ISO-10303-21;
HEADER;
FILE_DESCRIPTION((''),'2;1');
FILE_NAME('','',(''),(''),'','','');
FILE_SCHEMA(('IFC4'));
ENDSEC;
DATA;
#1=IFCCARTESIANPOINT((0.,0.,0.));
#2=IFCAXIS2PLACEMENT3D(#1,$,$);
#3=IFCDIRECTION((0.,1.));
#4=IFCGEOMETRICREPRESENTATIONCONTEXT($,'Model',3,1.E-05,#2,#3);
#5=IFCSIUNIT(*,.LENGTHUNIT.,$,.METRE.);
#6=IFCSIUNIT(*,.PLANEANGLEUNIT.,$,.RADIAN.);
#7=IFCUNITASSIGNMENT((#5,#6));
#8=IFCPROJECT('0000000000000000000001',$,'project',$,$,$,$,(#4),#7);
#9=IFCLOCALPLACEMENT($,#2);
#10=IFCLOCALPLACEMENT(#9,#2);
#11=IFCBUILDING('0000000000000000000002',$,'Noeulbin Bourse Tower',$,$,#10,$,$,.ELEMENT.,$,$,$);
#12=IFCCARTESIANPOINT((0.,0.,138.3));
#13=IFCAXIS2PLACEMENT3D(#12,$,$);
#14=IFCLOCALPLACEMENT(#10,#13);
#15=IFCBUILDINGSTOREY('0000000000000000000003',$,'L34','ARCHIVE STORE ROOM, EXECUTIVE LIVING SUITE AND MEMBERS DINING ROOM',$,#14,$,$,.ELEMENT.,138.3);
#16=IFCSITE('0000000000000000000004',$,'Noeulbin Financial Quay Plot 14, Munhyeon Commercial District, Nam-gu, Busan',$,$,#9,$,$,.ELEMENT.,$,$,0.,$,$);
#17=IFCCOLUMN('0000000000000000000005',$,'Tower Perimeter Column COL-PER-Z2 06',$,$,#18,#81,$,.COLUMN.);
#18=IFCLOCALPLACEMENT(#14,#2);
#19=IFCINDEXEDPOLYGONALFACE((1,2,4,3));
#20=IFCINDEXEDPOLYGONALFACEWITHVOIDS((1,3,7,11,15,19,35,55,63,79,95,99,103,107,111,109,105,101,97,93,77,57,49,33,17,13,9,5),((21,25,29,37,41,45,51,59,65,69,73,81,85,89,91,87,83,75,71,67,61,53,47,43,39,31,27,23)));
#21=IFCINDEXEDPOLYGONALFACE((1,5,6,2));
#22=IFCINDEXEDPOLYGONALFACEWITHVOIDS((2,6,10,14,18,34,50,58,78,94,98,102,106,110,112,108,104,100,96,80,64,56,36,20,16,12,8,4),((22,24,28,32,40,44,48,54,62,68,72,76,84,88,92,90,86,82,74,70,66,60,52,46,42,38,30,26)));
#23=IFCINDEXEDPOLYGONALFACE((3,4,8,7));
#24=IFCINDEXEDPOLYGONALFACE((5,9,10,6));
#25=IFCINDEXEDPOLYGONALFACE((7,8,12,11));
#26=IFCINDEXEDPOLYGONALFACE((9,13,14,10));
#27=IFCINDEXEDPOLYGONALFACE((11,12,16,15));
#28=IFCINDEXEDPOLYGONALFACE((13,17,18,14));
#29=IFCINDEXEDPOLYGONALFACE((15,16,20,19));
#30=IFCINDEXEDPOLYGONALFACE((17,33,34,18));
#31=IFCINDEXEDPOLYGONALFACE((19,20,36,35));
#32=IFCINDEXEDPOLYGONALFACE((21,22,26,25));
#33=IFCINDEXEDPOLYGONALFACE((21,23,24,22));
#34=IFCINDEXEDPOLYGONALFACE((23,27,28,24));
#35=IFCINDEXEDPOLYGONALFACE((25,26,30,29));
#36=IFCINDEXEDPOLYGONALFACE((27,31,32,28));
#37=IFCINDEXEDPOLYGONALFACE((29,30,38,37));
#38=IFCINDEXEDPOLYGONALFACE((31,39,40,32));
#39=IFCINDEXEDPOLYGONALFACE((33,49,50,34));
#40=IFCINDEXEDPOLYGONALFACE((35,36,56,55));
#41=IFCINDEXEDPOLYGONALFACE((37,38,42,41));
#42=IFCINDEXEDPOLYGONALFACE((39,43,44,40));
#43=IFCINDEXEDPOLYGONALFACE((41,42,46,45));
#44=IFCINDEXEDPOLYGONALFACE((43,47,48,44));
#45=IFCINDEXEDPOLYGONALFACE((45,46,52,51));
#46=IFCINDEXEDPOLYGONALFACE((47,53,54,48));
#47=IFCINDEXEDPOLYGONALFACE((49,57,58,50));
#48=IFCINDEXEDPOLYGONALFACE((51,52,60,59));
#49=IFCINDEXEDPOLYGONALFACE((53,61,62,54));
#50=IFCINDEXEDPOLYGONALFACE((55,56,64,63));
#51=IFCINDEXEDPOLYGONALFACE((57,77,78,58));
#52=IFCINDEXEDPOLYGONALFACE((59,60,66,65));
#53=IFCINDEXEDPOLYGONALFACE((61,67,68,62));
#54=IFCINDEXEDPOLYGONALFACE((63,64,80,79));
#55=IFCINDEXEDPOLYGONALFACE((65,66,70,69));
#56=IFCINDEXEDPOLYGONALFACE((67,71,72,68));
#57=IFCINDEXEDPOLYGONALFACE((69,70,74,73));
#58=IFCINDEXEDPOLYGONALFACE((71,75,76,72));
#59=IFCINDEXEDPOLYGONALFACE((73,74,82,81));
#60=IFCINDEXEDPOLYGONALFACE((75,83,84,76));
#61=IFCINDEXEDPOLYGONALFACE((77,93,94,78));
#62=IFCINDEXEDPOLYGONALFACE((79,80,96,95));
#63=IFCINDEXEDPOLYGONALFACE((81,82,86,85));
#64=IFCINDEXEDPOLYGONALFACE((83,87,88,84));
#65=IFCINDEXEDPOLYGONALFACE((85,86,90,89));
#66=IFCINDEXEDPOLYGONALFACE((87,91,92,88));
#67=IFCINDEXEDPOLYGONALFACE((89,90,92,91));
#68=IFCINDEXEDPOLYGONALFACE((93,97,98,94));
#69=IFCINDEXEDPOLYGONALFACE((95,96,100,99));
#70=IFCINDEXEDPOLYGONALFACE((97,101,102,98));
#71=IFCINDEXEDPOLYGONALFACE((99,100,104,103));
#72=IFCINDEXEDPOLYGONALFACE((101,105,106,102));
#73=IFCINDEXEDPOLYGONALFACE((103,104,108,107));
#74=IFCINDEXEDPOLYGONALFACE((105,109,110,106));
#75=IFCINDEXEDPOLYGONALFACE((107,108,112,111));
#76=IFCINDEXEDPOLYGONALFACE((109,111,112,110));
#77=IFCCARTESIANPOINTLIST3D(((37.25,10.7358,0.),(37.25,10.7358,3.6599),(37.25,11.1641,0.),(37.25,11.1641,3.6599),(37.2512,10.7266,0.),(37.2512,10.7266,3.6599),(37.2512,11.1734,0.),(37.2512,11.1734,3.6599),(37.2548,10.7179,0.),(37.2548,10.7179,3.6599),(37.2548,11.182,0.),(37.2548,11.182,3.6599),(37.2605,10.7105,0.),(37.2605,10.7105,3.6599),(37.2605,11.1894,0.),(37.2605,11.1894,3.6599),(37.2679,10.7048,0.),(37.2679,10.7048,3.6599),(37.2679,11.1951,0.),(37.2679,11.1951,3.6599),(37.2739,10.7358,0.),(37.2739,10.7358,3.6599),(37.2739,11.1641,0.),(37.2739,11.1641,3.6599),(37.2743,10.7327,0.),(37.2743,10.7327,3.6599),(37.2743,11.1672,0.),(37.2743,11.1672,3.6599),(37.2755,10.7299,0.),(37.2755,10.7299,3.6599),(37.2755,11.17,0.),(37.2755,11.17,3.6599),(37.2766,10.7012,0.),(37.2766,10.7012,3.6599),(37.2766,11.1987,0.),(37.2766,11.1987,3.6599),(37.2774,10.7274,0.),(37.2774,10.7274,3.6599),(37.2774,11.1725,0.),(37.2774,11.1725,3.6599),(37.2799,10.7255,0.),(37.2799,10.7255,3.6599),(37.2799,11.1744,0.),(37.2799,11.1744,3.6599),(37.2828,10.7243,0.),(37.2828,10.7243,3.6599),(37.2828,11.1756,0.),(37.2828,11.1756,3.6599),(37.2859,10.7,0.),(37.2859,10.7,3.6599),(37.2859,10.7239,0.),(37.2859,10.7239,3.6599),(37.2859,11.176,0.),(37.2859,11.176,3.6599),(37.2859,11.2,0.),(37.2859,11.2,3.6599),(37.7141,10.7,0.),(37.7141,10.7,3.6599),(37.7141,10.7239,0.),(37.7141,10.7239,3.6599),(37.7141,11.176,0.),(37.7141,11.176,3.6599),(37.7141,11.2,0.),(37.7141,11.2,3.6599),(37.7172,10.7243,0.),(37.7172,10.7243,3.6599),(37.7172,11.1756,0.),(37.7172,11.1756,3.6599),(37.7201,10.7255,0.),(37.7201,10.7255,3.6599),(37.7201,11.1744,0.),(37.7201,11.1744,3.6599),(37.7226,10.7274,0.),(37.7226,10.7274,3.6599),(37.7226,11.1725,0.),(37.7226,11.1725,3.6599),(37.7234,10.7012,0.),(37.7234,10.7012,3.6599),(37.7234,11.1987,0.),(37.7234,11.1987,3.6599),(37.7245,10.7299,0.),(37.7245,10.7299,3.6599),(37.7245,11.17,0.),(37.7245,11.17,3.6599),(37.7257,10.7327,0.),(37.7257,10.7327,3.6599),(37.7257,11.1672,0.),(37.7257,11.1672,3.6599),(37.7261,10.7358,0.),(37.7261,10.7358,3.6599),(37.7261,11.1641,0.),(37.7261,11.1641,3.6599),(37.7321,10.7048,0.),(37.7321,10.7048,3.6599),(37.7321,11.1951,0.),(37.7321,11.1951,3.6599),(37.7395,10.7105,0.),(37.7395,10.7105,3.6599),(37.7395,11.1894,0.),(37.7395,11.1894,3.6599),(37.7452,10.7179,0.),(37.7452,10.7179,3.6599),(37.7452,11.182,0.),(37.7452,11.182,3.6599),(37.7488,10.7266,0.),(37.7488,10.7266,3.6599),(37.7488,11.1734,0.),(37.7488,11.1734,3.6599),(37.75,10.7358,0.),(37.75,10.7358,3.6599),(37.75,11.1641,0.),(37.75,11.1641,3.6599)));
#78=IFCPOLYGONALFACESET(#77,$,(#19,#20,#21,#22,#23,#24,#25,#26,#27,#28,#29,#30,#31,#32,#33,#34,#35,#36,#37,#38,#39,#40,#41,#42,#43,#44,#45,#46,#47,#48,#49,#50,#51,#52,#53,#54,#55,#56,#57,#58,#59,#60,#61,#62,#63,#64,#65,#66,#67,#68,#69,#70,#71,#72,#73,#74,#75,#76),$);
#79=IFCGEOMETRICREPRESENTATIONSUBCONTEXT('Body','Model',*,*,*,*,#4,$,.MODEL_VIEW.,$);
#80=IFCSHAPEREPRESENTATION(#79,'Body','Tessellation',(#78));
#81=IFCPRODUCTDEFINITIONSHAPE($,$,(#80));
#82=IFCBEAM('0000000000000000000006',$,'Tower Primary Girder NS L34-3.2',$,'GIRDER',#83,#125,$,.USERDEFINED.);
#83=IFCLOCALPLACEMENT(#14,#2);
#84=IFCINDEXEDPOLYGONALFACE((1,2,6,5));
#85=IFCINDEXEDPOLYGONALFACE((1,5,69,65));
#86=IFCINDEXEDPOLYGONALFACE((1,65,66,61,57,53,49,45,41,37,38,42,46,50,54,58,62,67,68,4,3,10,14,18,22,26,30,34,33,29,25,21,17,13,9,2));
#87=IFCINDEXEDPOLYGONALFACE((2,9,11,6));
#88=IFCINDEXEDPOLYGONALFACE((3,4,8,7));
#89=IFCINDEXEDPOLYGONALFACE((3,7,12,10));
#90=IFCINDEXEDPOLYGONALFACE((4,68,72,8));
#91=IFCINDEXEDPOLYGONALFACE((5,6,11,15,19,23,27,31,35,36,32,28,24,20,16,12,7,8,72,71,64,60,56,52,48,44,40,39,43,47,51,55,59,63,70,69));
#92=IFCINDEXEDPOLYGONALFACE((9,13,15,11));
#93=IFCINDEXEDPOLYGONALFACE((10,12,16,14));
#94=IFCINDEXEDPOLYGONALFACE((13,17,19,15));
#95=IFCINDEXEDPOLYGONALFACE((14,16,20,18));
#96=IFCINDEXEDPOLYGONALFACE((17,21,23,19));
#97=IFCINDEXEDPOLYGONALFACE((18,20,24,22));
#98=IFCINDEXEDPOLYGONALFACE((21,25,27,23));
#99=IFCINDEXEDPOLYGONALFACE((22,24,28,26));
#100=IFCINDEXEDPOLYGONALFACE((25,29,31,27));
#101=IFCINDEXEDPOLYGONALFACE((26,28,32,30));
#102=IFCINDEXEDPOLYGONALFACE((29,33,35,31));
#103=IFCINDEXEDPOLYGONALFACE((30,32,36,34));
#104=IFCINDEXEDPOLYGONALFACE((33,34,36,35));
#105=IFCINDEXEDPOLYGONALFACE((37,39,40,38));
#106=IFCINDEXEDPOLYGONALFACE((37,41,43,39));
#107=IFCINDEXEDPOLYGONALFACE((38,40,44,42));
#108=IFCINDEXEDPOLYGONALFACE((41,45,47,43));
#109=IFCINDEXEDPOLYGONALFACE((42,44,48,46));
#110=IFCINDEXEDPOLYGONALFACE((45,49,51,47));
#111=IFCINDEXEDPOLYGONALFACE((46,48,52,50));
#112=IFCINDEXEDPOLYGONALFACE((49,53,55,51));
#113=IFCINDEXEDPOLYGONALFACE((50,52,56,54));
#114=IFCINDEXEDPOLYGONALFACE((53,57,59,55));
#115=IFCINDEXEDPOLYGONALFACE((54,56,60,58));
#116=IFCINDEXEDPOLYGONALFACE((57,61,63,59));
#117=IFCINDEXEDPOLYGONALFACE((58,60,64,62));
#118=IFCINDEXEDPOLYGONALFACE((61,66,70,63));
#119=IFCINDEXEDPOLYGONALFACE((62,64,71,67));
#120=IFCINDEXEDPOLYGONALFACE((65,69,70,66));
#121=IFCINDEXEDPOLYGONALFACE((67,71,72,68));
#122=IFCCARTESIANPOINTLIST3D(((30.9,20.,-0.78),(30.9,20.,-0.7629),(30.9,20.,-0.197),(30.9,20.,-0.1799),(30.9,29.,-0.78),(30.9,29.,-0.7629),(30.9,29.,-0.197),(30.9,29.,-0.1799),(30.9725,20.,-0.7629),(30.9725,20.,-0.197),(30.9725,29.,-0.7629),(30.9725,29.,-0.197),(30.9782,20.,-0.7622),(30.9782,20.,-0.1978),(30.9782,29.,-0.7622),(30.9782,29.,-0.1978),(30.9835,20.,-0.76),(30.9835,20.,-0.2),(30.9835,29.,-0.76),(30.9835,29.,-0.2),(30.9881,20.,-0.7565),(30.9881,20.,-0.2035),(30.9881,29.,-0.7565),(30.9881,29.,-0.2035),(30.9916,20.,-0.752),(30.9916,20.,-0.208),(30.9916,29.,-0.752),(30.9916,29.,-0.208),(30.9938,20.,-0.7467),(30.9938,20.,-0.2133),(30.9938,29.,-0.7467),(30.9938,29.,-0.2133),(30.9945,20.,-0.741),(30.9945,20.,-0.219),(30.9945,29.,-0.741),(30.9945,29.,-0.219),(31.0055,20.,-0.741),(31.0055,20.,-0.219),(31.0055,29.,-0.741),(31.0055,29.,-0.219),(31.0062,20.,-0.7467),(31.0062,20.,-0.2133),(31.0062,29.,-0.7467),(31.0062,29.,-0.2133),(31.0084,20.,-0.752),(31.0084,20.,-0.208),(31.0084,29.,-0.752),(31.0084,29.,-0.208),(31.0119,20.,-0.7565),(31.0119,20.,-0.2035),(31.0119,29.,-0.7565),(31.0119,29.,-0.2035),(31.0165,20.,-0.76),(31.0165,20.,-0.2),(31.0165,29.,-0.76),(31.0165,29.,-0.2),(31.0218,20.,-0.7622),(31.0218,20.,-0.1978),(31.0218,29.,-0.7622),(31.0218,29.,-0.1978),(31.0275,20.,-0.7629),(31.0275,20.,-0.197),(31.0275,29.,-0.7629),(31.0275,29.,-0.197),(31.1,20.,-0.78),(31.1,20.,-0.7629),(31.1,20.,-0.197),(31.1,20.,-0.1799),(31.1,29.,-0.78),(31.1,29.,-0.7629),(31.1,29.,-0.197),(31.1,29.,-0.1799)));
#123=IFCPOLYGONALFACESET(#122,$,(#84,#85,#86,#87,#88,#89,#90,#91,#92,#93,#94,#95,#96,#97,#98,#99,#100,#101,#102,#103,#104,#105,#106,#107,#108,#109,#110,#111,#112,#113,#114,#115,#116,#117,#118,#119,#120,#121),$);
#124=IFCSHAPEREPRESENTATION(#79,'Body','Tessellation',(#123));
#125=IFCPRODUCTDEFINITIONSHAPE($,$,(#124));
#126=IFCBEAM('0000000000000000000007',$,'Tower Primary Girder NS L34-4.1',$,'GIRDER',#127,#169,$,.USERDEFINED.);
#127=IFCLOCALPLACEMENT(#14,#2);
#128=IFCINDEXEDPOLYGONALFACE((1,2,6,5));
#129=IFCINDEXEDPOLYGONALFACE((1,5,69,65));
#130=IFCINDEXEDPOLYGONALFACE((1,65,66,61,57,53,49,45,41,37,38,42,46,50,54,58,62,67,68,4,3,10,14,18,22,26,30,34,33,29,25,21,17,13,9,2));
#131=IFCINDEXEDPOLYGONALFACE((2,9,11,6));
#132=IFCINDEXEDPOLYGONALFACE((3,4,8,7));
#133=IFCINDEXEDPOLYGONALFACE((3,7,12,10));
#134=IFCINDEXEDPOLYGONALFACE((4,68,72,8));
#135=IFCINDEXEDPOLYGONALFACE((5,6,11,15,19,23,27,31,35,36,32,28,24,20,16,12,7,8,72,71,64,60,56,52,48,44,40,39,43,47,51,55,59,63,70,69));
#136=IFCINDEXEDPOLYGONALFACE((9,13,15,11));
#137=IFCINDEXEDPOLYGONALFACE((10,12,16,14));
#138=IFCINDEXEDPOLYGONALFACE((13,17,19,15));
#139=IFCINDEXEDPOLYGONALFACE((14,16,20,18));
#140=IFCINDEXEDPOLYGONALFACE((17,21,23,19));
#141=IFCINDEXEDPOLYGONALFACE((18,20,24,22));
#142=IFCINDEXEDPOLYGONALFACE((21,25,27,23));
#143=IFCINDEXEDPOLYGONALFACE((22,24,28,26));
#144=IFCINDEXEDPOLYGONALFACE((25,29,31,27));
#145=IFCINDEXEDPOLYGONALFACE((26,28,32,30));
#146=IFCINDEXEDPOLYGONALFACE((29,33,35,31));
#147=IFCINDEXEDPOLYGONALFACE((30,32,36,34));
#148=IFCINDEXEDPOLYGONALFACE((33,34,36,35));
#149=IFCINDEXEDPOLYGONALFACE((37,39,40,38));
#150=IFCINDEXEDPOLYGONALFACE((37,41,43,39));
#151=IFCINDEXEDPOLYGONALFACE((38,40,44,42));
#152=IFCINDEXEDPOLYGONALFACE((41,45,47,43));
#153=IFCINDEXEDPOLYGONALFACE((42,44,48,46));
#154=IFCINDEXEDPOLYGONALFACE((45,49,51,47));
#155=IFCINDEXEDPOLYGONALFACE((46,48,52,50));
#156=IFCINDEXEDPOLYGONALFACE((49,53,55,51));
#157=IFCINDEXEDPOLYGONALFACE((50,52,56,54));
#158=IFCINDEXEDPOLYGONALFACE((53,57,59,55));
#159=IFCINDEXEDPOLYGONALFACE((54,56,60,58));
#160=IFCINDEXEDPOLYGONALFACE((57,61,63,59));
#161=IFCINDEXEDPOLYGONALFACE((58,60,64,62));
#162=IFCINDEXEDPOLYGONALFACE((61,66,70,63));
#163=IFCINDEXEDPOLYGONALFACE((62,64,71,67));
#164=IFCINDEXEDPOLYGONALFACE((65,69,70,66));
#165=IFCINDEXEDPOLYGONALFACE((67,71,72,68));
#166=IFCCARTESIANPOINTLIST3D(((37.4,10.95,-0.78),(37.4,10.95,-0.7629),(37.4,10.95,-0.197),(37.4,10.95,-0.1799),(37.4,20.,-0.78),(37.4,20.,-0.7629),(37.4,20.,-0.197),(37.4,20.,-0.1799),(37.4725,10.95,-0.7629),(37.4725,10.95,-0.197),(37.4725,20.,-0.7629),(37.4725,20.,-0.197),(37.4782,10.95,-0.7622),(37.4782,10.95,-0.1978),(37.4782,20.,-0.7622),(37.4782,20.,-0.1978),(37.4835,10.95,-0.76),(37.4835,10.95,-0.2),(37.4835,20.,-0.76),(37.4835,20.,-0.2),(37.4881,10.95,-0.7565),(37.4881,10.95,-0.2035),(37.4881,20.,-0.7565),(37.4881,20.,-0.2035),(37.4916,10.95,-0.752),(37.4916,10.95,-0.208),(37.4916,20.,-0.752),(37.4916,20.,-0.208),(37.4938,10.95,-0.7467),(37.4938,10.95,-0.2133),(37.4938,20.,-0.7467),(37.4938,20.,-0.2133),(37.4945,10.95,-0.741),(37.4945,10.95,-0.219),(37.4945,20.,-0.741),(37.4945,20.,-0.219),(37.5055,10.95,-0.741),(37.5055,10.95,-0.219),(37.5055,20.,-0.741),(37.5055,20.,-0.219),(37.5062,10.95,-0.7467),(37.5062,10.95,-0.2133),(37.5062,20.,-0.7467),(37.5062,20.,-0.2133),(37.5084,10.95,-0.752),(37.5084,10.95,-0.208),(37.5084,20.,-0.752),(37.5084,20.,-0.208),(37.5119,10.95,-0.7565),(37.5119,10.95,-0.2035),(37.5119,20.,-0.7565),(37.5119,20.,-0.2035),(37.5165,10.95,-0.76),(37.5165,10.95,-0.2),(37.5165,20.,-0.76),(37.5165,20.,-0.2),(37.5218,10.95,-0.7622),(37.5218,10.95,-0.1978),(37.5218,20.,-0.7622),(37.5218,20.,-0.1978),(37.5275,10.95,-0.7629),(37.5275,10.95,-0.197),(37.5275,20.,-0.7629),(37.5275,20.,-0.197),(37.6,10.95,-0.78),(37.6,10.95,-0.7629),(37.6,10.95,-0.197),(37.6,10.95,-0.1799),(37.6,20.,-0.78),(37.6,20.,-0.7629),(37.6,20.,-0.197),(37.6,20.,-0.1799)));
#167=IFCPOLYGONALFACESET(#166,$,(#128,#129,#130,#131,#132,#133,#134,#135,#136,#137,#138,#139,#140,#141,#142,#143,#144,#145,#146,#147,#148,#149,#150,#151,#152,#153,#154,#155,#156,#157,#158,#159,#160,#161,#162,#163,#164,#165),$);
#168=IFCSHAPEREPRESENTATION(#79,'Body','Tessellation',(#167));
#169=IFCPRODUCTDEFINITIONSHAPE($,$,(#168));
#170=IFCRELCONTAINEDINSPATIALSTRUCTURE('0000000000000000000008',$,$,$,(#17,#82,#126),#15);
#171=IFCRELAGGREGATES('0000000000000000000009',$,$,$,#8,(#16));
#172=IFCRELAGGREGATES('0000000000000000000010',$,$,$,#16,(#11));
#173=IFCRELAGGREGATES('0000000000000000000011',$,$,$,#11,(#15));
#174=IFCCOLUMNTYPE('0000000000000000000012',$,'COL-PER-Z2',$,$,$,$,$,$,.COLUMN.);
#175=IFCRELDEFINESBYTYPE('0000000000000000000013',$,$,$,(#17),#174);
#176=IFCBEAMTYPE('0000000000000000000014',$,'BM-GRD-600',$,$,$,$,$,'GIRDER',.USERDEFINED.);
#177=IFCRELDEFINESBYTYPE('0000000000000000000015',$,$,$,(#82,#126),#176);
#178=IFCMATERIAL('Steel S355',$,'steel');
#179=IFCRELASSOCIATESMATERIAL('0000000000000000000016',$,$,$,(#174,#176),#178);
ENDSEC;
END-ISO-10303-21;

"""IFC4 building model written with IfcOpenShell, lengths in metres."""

from ifc_helpers import new_model, si_unit, direction, frame, origin, origin_2d, place, context, subcontext, project, spatial, hollow_rectangle, i_section, extrude, material, material_profile, profile_set, type_object, element, save


model = new_model("IFC4")

# Units and contexts
model_context = context("Model", 3, precision=1e-05, world=origin(), true_north=direction((0.0, 1.0)))
body_context = subcontext(model_context, "Body", "Model", "MODEL_VIEW")
ifc_project = project(units=[si_unit("LENGTHUNIT", "METRE"), si_unit("PLANEANGLEUNIT", "RADIAN")], contexts=[model_context])

# Site, building, storey
site_placement = place(None, origin())
site = spatial("IfcSite", under=ifc_project, at=site_placement, Name="Noeulbin Financial Quay Plot 14, Munhyeon Commercial District, Nam-gu, Busan", CompositionType="ELEMENT", RefElevation=0.0)
building_placement = place(site_placement, origin())
building = spatial("IfcBuilding", under=site, at=building_placement, Name="Noeulbin Bourse Tower", CompositionType="ELEMENT")
storey_placement = place(building_placement, frame((0.0, 0.0, 138.3)))
storey = spatial("IfcBuildingStorey", under=building, at=storey_placement, Name="L34", Description="ARCHIVE STORE ROOM, EXECUTIVE LIVING SUITE AND MEMBERS DINING ROOM", CompositionType="ELEMENT", Elevation=138.3)

# Column
ifc_material_1 = material(Name="Steel S355", Category="steel")
ifc_material_profile_1 = material_profile(ifc_material_1, hollow_rectangle(XDim=0.5, YDim=0.5, WallThickness=0.0239, InnerFilletRadius=0.012, OuterFilletRadius=0.0359, at=origin_2d()), Name="BOX-500x500x24", Category="LoadBearing")
ifc_profile_set_1 = profile_set([ifc_material_profile_1], Name="Steel S355")
column_type = type_object("IfcColumnType", Name="COL-PER-Z2", PredefinedType="COLUMN", material=ifc_profile_set_1)
column_placement = place(storey_placement, frame((37.5, 10.95, 0.0), z_axis=(0.0, 0.0, 1.0), x_axis=(1.0, 0.0, 0.0)))
element("IfcColumn", 1, at=column_placement, inside=storey, type_object=column_type, Name="Tower Perimeter Column COL-PER-Z2 06", PredefinedType="COLUMN", context=body_context, shape_type="SweptSolid", body=[
    extrude(hollow_rectangle(XDim=0.5, YDim=0.5, WallThickness=0.0239, InnerFilletRadius=0.012, OuterFilletRadius=0.0359, at=origin_2d()), origin(), (0.0, 0.0, 1.0), 3.6599),
])

# Beams
ifc_material_profile_2 = material_profile(ifc_material_1, i_section(OverallWidth=0.2, OverallDepth=0.6001, WebThickness=0.011, FlangeThickness=0.0171, FilletRadius=0.022, at=origin_2d()), Name="H-600x200x11x17", Category="LoadBearing")
ifc_profile_set_2 = profile_set([ifc_material_profile_2], Name="Steel S355")
beam_type_1 = type_object("IfcBeamType", Name="BM-GRD-600", ElementType="GIRDER", PredefinedType="USERDEFINED", material=ifc_profile_set_2)
beam_1_placement = place(storey_placement, frame((31.0, 20.0, -0.48), z_axis=(0.0, 1.0, 0.0), x_axis=(-1.0, 0.0, 0.0)))
element("IfcBeam", 2, at=beam_1_placement, inside=storey, type_object=beam_type_1, Name="Tower Primary Girder NS L34-3.2", ObjectType="GIRDER", PredefinedType="USERDEFINED", context=body_context, shape_type="SweptSolid", body=[
    extrude(i_section(OverallWidth=0.2, OverallDepth=0.6001, WebThickness=0.011, FlangeThickness=0.0171, FilletRadius=0.022, at=origin_2d()), origin(), (0.0, 0.0, 1.0), 9.0),
])
beam_2_placement = place(storey_placement, frame((37.5, 10.95, -0.48), z_axis=(0.0, 1.0, 0.0), x_axis=(-1.0, 0.0, 0.0)))
element("IfcBeam", 3, at=beam_2_placement, inside=storey, type_object=beam_type_1, Name="Tower Primary Girder NS L34-4.1", ObjectType="GIRDER", PredefinedType="USERDEFINED", context=body_context, shape_type="SweptSolid", body=[
    extrude(i_section(OverallWidth=0.2, OverallDepth=0.6001, WebThickness=0.011, FlangeThickness=0.0171, FilletRadius=0.022, at=origin_2d()), origin(), (0.0, 0.0, 1.0), 9.05),
])

save(model, "model.ifc")
